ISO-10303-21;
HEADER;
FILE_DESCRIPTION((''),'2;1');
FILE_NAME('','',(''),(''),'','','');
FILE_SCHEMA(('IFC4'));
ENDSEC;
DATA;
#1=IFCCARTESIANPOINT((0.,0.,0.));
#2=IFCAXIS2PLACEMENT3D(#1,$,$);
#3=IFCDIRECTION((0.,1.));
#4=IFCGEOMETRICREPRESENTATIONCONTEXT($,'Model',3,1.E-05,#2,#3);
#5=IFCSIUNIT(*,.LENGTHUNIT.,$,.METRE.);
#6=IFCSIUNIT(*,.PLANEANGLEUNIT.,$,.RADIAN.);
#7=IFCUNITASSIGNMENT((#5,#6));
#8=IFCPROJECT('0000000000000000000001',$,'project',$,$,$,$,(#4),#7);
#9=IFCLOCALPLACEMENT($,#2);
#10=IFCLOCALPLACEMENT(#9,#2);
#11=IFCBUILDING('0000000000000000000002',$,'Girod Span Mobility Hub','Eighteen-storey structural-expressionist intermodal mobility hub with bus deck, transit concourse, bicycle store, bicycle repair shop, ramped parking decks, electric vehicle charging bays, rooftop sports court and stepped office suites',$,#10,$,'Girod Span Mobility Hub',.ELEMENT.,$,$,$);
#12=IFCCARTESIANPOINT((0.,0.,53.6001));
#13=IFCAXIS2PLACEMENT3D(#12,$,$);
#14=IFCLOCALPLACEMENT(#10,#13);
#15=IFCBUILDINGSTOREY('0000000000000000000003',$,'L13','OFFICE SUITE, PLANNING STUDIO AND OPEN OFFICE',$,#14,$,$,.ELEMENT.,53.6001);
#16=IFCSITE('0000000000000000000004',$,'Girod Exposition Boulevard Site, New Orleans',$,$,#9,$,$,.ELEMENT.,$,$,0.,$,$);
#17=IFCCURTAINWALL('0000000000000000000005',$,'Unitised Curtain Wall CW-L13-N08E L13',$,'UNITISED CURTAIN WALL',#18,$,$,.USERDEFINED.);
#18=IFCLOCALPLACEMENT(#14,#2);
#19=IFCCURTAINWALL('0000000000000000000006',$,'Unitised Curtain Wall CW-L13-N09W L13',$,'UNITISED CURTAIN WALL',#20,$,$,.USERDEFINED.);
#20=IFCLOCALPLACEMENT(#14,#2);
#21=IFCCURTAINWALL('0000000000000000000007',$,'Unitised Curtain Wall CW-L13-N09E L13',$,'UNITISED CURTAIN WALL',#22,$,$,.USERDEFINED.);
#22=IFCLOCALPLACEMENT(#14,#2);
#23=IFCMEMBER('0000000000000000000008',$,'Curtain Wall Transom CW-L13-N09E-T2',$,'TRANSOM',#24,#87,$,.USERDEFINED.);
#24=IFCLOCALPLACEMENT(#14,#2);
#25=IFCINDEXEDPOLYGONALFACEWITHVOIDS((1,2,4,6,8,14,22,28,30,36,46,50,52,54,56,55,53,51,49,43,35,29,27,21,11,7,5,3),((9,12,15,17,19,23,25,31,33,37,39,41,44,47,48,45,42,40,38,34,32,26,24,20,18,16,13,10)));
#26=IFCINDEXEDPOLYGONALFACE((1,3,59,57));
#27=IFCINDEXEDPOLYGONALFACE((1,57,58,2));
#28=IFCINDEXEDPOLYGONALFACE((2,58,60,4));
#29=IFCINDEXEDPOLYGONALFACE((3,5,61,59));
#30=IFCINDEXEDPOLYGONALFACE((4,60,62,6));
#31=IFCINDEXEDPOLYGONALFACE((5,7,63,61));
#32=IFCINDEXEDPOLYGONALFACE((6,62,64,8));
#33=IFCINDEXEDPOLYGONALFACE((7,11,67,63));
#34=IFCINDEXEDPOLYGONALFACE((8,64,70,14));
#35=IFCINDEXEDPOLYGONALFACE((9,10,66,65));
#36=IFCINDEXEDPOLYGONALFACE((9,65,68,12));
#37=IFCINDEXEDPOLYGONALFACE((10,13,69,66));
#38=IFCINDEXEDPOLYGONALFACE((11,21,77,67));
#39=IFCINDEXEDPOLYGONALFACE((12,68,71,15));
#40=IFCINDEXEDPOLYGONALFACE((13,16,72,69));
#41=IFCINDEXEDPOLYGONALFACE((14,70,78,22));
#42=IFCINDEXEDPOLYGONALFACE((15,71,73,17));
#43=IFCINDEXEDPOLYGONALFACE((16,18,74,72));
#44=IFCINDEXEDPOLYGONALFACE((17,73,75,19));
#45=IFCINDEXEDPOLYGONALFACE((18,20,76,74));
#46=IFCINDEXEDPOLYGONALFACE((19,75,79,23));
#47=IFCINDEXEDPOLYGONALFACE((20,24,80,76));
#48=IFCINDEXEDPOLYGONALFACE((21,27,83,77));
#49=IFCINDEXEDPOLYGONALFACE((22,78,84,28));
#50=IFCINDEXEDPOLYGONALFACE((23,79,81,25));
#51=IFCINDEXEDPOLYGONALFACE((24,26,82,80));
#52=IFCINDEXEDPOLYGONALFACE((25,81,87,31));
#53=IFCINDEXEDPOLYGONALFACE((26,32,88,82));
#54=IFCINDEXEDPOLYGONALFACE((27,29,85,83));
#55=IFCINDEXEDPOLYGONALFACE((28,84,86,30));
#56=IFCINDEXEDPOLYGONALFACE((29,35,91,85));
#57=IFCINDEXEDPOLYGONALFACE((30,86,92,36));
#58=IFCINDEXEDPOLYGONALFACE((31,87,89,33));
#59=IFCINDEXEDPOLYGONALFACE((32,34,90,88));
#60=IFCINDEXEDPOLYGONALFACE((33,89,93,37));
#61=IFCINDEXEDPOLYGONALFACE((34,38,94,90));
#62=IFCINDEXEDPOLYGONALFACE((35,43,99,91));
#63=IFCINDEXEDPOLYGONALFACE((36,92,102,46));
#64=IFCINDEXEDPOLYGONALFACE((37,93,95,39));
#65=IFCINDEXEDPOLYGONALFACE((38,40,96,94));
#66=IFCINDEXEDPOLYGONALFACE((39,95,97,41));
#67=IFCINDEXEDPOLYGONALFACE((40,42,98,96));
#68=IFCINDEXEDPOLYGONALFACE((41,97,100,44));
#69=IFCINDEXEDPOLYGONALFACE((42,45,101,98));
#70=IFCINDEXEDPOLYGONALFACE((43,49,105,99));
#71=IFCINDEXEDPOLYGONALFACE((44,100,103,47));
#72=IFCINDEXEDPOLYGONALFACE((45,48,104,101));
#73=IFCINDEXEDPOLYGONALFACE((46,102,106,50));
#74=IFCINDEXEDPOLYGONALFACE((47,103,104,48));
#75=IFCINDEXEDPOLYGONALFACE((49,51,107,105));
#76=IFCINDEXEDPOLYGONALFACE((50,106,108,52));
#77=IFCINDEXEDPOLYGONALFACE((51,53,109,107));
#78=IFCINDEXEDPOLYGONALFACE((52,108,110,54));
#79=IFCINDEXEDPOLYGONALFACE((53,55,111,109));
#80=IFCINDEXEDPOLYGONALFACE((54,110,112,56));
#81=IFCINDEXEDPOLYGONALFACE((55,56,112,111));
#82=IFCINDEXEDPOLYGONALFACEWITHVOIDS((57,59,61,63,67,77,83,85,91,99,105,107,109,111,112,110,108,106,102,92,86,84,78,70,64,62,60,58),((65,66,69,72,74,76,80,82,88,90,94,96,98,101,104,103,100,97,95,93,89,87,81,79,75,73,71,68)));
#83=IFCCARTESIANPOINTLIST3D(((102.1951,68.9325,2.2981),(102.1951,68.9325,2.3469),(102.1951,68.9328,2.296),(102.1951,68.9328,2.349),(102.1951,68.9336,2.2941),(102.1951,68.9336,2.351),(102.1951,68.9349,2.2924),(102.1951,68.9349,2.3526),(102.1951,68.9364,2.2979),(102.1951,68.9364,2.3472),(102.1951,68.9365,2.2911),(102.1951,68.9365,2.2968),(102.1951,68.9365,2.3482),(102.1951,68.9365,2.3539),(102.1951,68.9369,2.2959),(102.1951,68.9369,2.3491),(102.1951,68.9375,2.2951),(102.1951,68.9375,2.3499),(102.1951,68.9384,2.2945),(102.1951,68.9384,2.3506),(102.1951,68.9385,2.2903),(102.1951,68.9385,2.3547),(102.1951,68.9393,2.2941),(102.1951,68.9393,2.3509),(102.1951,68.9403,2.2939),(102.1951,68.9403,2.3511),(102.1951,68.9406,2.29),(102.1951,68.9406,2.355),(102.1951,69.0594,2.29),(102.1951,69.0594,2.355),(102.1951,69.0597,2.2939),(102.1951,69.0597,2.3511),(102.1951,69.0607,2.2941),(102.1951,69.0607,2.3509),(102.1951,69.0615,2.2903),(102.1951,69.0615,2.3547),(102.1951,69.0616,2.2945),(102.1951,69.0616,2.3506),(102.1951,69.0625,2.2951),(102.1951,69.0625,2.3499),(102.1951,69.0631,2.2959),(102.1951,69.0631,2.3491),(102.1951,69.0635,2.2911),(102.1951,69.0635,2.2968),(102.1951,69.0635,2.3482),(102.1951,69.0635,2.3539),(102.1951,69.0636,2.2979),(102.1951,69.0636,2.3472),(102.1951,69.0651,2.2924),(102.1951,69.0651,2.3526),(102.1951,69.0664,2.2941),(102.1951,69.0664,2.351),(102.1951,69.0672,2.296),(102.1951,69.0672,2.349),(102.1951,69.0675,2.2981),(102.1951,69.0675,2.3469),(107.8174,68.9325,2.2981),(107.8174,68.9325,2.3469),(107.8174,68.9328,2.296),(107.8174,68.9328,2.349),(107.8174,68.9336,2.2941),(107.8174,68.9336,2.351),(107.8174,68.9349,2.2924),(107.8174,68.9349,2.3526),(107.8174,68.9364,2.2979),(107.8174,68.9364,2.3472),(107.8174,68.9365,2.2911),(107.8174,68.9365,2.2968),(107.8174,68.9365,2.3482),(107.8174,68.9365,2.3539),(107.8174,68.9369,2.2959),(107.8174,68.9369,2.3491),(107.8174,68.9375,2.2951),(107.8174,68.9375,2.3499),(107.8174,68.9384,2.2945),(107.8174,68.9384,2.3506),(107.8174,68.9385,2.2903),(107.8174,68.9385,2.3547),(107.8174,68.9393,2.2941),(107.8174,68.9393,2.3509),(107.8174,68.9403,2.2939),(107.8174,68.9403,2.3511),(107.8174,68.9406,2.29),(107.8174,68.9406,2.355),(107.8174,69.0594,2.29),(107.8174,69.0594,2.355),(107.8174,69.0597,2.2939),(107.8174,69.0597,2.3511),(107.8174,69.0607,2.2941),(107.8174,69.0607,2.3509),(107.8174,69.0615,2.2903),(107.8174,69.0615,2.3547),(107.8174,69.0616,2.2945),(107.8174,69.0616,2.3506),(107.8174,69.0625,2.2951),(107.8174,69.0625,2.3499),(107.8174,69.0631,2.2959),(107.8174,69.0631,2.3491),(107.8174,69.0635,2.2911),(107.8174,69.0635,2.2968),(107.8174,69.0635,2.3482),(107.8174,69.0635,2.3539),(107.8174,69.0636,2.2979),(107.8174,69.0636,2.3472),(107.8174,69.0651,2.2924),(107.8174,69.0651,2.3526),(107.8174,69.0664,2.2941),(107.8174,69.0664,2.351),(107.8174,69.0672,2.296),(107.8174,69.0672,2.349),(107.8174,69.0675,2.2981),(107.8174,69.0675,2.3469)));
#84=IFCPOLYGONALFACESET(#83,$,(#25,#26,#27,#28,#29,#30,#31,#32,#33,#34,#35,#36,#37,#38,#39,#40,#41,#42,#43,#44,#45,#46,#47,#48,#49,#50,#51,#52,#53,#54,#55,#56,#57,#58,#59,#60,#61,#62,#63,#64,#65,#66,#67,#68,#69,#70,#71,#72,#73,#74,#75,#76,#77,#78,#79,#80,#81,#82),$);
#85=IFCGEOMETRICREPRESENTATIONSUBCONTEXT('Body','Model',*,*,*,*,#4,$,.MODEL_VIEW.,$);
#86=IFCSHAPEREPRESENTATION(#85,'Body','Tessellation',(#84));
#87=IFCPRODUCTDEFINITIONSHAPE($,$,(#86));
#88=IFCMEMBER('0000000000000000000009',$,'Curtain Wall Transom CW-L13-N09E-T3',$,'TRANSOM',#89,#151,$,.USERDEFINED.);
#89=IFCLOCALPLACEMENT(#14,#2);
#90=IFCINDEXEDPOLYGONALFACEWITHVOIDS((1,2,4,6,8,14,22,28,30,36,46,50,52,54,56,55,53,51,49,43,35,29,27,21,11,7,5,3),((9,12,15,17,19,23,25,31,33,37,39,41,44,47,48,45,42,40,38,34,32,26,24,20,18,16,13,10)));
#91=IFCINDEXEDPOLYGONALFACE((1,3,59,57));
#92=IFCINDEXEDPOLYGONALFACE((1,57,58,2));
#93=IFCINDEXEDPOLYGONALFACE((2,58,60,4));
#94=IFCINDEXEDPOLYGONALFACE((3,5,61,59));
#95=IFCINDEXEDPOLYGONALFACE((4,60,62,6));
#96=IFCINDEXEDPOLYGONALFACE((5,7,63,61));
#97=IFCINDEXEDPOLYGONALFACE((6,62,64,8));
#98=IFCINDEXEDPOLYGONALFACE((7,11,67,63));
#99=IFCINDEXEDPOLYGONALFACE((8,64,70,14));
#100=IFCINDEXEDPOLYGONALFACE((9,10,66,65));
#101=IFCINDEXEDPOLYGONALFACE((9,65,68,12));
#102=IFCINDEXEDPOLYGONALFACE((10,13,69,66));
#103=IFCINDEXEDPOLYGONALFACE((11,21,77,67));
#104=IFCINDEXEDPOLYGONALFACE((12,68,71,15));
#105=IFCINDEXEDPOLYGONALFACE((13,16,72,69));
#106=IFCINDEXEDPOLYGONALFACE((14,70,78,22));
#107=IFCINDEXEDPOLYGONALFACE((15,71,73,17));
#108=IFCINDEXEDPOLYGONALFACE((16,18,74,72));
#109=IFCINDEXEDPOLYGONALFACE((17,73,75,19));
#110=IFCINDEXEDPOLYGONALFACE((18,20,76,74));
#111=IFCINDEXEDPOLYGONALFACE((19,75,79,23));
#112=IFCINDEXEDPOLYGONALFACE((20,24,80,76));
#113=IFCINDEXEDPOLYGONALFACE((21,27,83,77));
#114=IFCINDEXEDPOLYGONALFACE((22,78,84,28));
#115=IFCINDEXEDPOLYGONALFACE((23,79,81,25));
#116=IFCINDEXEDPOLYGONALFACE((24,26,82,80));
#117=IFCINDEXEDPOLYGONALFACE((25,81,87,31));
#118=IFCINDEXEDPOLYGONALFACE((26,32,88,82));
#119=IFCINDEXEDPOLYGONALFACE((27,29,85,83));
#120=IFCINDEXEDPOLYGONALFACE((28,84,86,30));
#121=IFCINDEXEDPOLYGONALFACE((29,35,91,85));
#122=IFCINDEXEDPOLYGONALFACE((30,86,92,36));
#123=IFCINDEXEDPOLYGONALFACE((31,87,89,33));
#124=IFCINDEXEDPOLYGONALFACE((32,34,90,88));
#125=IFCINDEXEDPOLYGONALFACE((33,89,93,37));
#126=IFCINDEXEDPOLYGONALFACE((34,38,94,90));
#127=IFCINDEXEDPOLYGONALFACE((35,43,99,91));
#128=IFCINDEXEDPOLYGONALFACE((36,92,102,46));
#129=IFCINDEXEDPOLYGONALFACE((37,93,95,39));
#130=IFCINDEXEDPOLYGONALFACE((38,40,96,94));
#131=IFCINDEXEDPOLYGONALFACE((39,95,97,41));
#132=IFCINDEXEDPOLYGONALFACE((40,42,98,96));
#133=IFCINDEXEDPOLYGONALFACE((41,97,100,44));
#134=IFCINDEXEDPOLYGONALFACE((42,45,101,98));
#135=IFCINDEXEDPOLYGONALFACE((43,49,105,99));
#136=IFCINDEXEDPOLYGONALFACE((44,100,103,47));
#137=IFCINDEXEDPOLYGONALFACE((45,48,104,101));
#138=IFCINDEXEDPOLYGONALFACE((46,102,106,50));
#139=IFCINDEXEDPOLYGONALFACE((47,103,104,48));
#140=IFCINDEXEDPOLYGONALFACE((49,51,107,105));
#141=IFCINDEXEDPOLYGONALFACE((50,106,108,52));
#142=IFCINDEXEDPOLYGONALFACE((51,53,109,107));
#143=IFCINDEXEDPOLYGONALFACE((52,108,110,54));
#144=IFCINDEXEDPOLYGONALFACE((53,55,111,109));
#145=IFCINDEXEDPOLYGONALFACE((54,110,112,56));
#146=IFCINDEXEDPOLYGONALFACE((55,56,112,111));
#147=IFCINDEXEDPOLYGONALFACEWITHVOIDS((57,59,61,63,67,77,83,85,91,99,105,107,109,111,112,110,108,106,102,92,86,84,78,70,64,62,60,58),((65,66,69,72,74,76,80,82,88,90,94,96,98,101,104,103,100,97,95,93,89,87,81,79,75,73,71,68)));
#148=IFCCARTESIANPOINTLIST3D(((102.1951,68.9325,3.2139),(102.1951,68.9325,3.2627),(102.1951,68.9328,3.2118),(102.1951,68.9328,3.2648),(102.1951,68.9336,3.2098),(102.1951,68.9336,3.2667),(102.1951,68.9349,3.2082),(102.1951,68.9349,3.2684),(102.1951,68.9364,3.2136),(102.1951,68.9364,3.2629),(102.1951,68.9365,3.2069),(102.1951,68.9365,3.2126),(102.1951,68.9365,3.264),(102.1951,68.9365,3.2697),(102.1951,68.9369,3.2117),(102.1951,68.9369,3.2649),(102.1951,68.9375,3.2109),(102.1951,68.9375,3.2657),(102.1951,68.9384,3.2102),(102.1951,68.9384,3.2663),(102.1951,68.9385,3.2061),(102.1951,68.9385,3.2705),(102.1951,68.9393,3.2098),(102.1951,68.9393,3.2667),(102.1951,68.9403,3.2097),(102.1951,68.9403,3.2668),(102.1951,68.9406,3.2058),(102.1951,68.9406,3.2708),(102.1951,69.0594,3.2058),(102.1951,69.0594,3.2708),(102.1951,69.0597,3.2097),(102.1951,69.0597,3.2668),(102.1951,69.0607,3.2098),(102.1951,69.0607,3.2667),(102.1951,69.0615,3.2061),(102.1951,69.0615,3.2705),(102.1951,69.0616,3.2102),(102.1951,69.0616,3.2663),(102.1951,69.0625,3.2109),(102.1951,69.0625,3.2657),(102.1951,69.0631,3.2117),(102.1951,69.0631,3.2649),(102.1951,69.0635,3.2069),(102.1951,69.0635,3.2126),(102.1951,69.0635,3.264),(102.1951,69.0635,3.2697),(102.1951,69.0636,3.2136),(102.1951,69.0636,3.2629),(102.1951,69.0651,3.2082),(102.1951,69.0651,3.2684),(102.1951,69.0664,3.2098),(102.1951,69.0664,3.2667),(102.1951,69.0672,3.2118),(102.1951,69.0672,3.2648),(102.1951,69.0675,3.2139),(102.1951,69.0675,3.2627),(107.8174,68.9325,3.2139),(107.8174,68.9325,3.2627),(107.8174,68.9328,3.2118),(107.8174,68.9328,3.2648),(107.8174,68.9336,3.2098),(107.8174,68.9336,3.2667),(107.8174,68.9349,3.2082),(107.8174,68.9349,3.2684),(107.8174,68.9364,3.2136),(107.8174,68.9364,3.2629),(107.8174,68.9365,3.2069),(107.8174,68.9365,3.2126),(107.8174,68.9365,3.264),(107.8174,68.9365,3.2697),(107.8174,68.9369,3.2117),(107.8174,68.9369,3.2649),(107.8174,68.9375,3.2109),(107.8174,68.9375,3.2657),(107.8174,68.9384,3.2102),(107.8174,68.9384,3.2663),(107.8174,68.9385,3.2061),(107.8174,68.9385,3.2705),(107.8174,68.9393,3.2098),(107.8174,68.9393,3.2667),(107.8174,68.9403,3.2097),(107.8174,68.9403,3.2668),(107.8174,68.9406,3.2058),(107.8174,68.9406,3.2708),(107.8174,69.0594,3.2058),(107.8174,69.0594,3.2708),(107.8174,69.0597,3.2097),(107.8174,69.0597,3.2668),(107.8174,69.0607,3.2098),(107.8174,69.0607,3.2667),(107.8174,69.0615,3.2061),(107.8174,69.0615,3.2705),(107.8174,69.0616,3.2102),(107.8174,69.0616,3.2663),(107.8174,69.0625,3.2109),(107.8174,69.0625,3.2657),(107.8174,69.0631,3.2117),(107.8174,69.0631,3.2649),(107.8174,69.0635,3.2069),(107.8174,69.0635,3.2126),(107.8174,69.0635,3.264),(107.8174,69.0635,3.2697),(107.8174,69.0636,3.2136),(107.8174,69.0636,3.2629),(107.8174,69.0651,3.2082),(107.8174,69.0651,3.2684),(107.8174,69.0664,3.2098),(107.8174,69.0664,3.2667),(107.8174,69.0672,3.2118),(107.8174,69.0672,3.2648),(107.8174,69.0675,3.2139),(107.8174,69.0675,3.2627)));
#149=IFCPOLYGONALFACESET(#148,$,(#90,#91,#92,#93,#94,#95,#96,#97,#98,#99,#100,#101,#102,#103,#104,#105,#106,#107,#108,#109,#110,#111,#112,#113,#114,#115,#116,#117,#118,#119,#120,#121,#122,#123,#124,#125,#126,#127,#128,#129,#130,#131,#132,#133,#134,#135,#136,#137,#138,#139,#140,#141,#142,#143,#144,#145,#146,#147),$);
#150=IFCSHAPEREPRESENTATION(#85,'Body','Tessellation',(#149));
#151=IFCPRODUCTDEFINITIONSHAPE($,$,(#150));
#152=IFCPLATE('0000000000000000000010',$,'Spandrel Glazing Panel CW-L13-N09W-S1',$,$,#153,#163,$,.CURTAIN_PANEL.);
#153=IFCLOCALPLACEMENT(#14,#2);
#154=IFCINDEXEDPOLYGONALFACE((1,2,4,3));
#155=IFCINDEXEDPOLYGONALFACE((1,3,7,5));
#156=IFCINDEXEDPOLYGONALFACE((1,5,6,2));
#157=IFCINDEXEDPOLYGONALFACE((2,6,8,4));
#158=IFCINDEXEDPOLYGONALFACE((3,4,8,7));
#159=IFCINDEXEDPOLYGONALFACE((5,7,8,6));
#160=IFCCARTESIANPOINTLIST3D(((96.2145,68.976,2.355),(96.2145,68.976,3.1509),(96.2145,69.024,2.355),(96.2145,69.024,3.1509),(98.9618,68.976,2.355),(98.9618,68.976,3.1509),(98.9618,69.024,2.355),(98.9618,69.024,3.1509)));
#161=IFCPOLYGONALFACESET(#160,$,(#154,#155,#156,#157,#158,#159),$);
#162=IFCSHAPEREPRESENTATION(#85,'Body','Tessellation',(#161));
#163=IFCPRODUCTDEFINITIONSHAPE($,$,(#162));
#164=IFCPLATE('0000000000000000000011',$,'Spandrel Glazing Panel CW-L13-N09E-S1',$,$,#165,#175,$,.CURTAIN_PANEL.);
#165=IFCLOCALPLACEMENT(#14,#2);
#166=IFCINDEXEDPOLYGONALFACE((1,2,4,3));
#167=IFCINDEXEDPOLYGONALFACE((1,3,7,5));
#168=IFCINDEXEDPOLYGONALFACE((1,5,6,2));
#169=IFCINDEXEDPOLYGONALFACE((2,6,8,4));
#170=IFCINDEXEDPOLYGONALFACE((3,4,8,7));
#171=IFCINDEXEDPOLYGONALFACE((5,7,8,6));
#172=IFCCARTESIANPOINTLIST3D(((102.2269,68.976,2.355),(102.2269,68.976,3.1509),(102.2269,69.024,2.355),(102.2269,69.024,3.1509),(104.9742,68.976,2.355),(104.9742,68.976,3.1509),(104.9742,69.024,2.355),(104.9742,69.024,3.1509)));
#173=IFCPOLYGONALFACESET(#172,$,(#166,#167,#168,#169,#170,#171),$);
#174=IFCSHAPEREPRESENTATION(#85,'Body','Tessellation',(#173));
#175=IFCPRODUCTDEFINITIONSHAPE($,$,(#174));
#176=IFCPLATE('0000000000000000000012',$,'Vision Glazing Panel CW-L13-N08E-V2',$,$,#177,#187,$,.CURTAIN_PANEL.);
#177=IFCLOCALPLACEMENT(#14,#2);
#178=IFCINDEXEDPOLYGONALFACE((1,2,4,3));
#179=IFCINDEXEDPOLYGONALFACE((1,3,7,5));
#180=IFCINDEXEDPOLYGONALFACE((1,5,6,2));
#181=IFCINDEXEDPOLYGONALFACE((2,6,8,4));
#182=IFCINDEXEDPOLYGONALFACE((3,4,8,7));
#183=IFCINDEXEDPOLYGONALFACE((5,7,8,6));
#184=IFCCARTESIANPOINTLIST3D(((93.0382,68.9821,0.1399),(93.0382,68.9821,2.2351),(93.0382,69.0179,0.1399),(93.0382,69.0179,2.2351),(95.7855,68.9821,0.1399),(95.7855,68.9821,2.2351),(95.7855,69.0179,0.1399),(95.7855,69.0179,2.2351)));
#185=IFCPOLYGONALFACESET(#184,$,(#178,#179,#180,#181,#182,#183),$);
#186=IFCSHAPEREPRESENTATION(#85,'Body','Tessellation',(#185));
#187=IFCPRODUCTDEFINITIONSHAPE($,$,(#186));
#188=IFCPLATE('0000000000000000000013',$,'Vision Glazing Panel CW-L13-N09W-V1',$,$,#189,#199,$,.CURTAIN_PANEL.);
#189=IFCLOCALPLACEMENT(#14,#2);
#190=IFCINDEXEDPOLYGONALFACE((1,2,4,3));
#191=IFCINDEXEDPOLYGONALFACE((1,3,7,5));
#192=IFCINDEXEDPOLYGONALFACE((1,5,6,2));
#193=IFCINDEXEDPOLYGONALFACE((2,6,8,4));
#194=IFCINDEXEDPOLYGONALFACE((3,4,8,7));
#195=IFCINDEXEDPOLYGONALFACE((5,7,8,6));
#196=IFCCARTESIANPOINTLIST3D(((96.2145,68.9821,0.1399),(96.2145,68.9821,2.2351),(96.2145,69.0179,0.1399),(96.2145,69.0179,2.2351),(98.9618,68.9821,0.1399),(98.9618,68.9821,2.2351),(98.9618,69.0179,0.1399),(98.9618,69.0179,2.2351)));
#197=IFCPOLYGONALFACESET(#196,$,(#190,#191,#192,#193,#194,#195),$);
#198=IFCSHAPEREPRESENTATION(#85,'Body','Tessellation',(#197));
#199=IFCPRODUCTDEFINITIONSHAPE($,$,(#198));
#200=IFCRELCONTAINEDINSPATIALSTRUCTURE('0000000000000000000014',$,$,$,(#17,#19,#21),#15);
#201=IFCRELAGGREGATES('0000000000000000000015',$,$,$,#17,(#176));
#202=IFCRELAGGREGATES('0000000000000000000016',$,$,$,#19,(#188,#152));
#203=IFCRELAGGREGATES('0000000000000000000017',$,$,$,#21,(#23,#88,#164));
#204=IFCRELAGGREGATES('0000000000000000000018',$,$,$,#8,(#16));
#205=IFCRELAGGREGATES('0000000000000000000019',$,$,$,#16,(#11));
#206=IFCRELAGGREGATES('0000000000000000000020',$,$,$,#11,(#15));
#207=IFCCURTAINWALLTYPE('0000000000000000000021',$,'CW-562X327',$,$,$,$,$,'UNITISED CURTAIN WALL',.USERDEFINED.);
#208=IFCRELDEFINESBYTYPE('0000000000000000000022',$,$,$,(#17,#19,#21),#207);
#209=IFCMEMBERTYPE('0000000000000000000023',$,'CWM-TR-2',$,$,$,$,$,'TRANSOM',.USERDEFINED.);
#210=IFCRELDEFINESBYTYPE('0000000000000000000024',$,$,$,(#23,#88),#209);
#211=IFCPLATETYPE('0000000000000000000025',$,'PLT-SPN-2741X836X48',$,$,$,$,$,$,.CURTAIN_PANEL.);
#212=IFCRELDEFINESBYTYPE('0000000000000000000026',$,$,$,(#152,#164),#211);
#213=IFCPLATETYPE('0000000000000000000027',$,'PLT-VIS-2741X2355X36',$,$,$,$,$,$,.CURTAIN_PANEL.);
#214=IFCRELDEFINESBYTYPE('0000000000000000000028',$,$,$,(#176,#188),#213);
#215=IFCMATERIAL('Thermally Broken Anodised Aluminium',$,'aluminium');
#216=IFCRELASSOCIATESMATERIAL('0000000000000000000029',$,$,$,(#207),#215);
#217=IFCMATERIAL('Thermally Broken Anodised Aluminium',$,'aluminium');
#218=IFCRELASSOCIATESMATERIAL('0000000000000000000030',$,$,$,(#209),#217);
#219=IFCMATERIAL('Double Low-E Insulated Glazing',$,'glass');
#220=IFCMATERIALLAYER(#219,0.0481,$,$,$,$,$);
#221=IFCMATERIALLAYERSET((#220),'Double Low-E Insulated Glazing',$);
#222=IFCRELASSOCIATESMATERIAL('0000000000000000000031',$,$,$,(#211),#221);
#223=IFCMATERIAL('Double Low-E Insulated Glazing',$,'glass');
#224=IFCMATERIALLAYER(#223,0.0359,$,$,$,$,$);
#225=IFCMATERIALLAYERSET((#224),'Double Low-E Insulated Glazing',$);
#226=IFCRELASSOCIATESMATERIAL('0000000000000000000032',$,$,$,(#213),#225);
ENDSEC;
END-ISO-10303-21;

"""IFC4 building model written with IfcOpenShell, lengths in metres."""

from ifc_helpers import new_model, si_unit, direction, frame, origin, origin_2d, place, context, subcontext, project, spatial, rectangle, hollow_rectangle, extrude, material, layer, layer_set, material_profile, profile_set, type_object, element, aggregate, save


model = new_model("IFC4")

# Units and contexts
model_context = context("Model", 3, precision=1e-05, world=origin(), true_north=direction((0.0, 1.0)))
body_context = subcontext(model_context, "Body", "Model", "MODEL_VIEW")
ifc_project = project(units=[si_unit("LENGTHUNIT", "METRE"), si_unit("PLANEANGLEUNIT", "RADIAN")], contexts=[model_context])

# Site, building, storey
site_placement = place(None, origin())
site = spatial("IfcSite", under=ifc_project, at=site_placement, Name="Girod Exposition Boulevard Site, New Orleans", CompositionType="ELEMENT", RefElevation=0.0)
building_placement = place(site_placement, origin())
building = spatial("IfcBuilding", under=site, at=building_placement, Name="Girod Span Mobility Hub", Description="Eighteen-storey structural-expressionist intermodal mobility hub with bus deck, transit concourse, bicycle store, bicycle repair shop, ramped parking decks, electric vehicle charging bays, rooftop sports court and stepped office suites", LongName="Girod Span Mobility Hub", CompositionType="ELEMENT")
storey_placement = place(building_placement, frame((0.0, 0.0, 53.6001)))
storey = spatial("IfcBuildingStorey", under=building, at=storey_placement, Name="L13", Description="OFFICE SUITE, PLANNING STUDIO AND OPEN OFFICE", CompositionType="ELEMENT", Elevation=53.6001)

# Curtain walls
ifc_material_1 = material(Name="Thermally Broken Anodised Aluminium", Category="aluminium")
curtain_wall_type = type_object("IfcCurtainWallType", Name="CW-562X327", ElementType="UNITISED CURTAIN WALL", PredefinedType="USERDEFINED", material=ifc_material_1)
curtain_wall_1_placement = place(storey_placement, origin())
curtain_wall_1 = element("IfcCurtainWall", 1, at=curtain_wall_1_placement, inside=storey, type_object=curtain_wall_type, Name="Unitised Curtain Wall CW-L13-N08E L13", ObjectType="UNITISED CURTAIN WALL", PredefinedType="USERDEFINED")
curtain_wall_2_placement = place(storey_placement, origin())
curtain_wall_2 = element("IfcCurtainWall", 2, at=curtain_wall_2_placement, inside=storey, type_object=curtain_wall_type, Name="Unitised Curtain Wall CW-L13-N09W L13", ObjectType="UNITISED CURTAIN WALL", PredefinedType="USERDEFINED")

# Curtain wall
curtain_wall_3_placement = place(storey_placement, origin())
curtain_wall_3 = element("IfcCurtainWall", 3, at=curtain_wall_3_placement, inside=storey, type_object=curtain_wall_type, Name="Unitised Curtain Wall CW-L13-N09E L13", ObjectType="UNITISED CURTAIN WALL", PredefinedType="USERDEFINED")

# Members
ifc_material_2 = material(Name="Thermally Broken Anodised Aluminium", Category="aluminium")
ifc_material_profile_1 = material_profile(ifc_material_2, hollow_rectangle(XDim=0.135, YDim=0.0649, WallThickness=0.0039, InnerFilletRadius=0.0039, OuterFilletRadius=0.0081, at=origin_2d()), Name="CW-TR-65X135")
ifc_profile_set_1 = profile_set([ifc_material_profile_1], Name="Thermally Broken Anodised Aluminium")
member_type_1 = type_object("IfcMemberType", Name="CWM-TR-2", ElementType="TRANSOM", PredefinedType="USERDEFINED", material=ifc_profile_set_1)
member_1_placement = place(storey_placement, frame((102.1951, 69.0, 2.3225), z_axis=(1.0, 0.0, 0.0), x_axis=(0.0, 1.0, 0.0)))
member_1 = element("IfcMember", 4, at=member_1_placement, type_object=member_type_1, Name="Curtain Wall Transom CW-L13-N09E-T2", ObjectType="TRANSOM", PredefinedType="USERDEFINED", context=body_context, shape_type="SweptSolid", body=[
    extrude(hollow_rectangle(XDim=0.135, YDim=0.0649, WallThickness=0.0039, InnerFilletRadius=0.0039, OuterFilletRadius=0.0081, at=origin_2d()), origin(), (0.0, 0.0, 1.0), 5.6223),
])
member_2_placement = place(storey_placement, frame((102.1951, 69.0, 3.2383), z_axis=(1.0, 0.0, 0.0), x_axis=(0.0, 1.0, 0.0)))
member_2 = element("IfcMember", 5, at=member_2_placement, type_object=member_type_1, Name="Curtain Wall Transom CW-L13-N09E-T3", ObjectType="TRANSOM", PredefinedType="USERDEFINED", context=body_context, shape_type="SweptSolid", body=[
    extrude(hollow_rectangle(XDim=0.135, YDim=0.0649, WallThickness=0.0039, InnerFilletRadius=0.0039, OuterFilletRadius=0.0081, at=origin_2d()), origin(), (0.0, 0.0, 1.0), 5.6223),
])

# Plates
ifc_material_3 = material(Name="Double Low-E Insulated Glazing", Category="glass")
ifc_layer_1 = layer(ifc_material_3, 0.0481)
ifc_layer_set_1 = layer_set([ifc_layer_1], Name="Double Low-E Insulated Glazing")
plate_type_1 = type_object("IfcPlateType", Name="PLT-SPN-2741X836X48", PredefinedType="CURTAIN_PANEL", material=ifc_layer_set_1)
plate_1_placement = place(storey_placement, frame((97.5881, 69.0, 2.355), z_axis=(0.0, 0.0, 1.0), x_axis=(1.0, 0.0, 0.0)))
plate_1 = element("IfcPlate", 6, at=plate_1_placement, type_object=plate_type_1, Name="Spandrel Glazing Panel CW-L13-N09W-S1", PredefinedType="CURTAIN_PANEL", context=body_context, shape_type="SweptSolid", body=[
    extrude(rectangle(XDim=2.7473, YDim=0.0481, at=origin_2d()), origin(), (0.0, 0.0, 1.0), 0.7959),
])
plate_2_placement = place(storey_placement, frame((103.6006, 69.0, 2.355), z_axis=(0.0, 0.0, 1.0), x_axis=(1.0, 0.0, 0.0)))
plate_2 = element("IfcPlate", 7, at=plate_2_placement, type_object=plate_type_1, Name="Spandrel Glazing Panel CW-L13-N09E-S1", PredefinedType="CURTAIN_PANEL", context=body_context, shape_type="SweptSolid", body=[
    extrude(rectangle(XDim=2.7473, YDim=0.0481, at=origin_2d()), origin(), (0.0, 0.0, 1.0), 0.7959),
])
ifc_material_4 = material(Name="Double Low-E Insulated Glazing", Category="glass")
ifc_layer_2 = layer(ifc_material_4, 0.0359)
ifc_layer_set_2 = layer_set([ifc_layer_2], Name="Double Low-E Insulated Glazing")
plate_type_2 = type_object("IfcPlateType", Name="PLT-VIS-2741X2355X36", PredefinedType="CURTAIN_PANEL", material=ifc_layer_set_2)
plate_3_placement = place(storey_placement, frame((94.4119, 69.0, 0.1399), z_axis=(0.0, 0.0, 1.0), x_axis=(1.0, 0.0, 0.0)))
plate_3 = element("IfcPlate", 8, at=plate_3_placement, type_object=plate_type_2, Name="Vision Glazing Panel CW-L13-N08E-V2", PredefinedType="CURTAIN_PANEL", context=body_context, shape_type="SweptSolid", body=[
    extrude(rectangle(XDim=2.7473, YDim=0.0359, at=origin_2d()), origin(), (0.0, 0.0, 1.0), 2.0952),
])
aggregate(curtain_wall_1, [plate_3])
plate_4_placement = place(storey_placement, frame((97.5881, 69.0, 0.1399), z_axis=(0.0, 0.0, 1.0), x_axis=(1.0, 0.0, 0.0)))
plate_4 = element("IfcPlate", 9, at=plate_4_placement, type_object=plate_type_2, Name="Vision Glazing Panel CW-L13-N09W-V1", PredefinedType="CURTAIN_PANEL", context=body_context, shape_type="SweptSolid", body=[
    extrude(rectangle(XDim=2.7473, YDim=0.0359, at=origin_2d()), origin(), (0.0, 0.0, 1.0), 2.0952),
])
aggregate(curtain_wall_2, [plate_4, plate_1])
aggregate(curtain_wall_3, [member_1, member_2, plate_2])

save(model, "model.ifc")
